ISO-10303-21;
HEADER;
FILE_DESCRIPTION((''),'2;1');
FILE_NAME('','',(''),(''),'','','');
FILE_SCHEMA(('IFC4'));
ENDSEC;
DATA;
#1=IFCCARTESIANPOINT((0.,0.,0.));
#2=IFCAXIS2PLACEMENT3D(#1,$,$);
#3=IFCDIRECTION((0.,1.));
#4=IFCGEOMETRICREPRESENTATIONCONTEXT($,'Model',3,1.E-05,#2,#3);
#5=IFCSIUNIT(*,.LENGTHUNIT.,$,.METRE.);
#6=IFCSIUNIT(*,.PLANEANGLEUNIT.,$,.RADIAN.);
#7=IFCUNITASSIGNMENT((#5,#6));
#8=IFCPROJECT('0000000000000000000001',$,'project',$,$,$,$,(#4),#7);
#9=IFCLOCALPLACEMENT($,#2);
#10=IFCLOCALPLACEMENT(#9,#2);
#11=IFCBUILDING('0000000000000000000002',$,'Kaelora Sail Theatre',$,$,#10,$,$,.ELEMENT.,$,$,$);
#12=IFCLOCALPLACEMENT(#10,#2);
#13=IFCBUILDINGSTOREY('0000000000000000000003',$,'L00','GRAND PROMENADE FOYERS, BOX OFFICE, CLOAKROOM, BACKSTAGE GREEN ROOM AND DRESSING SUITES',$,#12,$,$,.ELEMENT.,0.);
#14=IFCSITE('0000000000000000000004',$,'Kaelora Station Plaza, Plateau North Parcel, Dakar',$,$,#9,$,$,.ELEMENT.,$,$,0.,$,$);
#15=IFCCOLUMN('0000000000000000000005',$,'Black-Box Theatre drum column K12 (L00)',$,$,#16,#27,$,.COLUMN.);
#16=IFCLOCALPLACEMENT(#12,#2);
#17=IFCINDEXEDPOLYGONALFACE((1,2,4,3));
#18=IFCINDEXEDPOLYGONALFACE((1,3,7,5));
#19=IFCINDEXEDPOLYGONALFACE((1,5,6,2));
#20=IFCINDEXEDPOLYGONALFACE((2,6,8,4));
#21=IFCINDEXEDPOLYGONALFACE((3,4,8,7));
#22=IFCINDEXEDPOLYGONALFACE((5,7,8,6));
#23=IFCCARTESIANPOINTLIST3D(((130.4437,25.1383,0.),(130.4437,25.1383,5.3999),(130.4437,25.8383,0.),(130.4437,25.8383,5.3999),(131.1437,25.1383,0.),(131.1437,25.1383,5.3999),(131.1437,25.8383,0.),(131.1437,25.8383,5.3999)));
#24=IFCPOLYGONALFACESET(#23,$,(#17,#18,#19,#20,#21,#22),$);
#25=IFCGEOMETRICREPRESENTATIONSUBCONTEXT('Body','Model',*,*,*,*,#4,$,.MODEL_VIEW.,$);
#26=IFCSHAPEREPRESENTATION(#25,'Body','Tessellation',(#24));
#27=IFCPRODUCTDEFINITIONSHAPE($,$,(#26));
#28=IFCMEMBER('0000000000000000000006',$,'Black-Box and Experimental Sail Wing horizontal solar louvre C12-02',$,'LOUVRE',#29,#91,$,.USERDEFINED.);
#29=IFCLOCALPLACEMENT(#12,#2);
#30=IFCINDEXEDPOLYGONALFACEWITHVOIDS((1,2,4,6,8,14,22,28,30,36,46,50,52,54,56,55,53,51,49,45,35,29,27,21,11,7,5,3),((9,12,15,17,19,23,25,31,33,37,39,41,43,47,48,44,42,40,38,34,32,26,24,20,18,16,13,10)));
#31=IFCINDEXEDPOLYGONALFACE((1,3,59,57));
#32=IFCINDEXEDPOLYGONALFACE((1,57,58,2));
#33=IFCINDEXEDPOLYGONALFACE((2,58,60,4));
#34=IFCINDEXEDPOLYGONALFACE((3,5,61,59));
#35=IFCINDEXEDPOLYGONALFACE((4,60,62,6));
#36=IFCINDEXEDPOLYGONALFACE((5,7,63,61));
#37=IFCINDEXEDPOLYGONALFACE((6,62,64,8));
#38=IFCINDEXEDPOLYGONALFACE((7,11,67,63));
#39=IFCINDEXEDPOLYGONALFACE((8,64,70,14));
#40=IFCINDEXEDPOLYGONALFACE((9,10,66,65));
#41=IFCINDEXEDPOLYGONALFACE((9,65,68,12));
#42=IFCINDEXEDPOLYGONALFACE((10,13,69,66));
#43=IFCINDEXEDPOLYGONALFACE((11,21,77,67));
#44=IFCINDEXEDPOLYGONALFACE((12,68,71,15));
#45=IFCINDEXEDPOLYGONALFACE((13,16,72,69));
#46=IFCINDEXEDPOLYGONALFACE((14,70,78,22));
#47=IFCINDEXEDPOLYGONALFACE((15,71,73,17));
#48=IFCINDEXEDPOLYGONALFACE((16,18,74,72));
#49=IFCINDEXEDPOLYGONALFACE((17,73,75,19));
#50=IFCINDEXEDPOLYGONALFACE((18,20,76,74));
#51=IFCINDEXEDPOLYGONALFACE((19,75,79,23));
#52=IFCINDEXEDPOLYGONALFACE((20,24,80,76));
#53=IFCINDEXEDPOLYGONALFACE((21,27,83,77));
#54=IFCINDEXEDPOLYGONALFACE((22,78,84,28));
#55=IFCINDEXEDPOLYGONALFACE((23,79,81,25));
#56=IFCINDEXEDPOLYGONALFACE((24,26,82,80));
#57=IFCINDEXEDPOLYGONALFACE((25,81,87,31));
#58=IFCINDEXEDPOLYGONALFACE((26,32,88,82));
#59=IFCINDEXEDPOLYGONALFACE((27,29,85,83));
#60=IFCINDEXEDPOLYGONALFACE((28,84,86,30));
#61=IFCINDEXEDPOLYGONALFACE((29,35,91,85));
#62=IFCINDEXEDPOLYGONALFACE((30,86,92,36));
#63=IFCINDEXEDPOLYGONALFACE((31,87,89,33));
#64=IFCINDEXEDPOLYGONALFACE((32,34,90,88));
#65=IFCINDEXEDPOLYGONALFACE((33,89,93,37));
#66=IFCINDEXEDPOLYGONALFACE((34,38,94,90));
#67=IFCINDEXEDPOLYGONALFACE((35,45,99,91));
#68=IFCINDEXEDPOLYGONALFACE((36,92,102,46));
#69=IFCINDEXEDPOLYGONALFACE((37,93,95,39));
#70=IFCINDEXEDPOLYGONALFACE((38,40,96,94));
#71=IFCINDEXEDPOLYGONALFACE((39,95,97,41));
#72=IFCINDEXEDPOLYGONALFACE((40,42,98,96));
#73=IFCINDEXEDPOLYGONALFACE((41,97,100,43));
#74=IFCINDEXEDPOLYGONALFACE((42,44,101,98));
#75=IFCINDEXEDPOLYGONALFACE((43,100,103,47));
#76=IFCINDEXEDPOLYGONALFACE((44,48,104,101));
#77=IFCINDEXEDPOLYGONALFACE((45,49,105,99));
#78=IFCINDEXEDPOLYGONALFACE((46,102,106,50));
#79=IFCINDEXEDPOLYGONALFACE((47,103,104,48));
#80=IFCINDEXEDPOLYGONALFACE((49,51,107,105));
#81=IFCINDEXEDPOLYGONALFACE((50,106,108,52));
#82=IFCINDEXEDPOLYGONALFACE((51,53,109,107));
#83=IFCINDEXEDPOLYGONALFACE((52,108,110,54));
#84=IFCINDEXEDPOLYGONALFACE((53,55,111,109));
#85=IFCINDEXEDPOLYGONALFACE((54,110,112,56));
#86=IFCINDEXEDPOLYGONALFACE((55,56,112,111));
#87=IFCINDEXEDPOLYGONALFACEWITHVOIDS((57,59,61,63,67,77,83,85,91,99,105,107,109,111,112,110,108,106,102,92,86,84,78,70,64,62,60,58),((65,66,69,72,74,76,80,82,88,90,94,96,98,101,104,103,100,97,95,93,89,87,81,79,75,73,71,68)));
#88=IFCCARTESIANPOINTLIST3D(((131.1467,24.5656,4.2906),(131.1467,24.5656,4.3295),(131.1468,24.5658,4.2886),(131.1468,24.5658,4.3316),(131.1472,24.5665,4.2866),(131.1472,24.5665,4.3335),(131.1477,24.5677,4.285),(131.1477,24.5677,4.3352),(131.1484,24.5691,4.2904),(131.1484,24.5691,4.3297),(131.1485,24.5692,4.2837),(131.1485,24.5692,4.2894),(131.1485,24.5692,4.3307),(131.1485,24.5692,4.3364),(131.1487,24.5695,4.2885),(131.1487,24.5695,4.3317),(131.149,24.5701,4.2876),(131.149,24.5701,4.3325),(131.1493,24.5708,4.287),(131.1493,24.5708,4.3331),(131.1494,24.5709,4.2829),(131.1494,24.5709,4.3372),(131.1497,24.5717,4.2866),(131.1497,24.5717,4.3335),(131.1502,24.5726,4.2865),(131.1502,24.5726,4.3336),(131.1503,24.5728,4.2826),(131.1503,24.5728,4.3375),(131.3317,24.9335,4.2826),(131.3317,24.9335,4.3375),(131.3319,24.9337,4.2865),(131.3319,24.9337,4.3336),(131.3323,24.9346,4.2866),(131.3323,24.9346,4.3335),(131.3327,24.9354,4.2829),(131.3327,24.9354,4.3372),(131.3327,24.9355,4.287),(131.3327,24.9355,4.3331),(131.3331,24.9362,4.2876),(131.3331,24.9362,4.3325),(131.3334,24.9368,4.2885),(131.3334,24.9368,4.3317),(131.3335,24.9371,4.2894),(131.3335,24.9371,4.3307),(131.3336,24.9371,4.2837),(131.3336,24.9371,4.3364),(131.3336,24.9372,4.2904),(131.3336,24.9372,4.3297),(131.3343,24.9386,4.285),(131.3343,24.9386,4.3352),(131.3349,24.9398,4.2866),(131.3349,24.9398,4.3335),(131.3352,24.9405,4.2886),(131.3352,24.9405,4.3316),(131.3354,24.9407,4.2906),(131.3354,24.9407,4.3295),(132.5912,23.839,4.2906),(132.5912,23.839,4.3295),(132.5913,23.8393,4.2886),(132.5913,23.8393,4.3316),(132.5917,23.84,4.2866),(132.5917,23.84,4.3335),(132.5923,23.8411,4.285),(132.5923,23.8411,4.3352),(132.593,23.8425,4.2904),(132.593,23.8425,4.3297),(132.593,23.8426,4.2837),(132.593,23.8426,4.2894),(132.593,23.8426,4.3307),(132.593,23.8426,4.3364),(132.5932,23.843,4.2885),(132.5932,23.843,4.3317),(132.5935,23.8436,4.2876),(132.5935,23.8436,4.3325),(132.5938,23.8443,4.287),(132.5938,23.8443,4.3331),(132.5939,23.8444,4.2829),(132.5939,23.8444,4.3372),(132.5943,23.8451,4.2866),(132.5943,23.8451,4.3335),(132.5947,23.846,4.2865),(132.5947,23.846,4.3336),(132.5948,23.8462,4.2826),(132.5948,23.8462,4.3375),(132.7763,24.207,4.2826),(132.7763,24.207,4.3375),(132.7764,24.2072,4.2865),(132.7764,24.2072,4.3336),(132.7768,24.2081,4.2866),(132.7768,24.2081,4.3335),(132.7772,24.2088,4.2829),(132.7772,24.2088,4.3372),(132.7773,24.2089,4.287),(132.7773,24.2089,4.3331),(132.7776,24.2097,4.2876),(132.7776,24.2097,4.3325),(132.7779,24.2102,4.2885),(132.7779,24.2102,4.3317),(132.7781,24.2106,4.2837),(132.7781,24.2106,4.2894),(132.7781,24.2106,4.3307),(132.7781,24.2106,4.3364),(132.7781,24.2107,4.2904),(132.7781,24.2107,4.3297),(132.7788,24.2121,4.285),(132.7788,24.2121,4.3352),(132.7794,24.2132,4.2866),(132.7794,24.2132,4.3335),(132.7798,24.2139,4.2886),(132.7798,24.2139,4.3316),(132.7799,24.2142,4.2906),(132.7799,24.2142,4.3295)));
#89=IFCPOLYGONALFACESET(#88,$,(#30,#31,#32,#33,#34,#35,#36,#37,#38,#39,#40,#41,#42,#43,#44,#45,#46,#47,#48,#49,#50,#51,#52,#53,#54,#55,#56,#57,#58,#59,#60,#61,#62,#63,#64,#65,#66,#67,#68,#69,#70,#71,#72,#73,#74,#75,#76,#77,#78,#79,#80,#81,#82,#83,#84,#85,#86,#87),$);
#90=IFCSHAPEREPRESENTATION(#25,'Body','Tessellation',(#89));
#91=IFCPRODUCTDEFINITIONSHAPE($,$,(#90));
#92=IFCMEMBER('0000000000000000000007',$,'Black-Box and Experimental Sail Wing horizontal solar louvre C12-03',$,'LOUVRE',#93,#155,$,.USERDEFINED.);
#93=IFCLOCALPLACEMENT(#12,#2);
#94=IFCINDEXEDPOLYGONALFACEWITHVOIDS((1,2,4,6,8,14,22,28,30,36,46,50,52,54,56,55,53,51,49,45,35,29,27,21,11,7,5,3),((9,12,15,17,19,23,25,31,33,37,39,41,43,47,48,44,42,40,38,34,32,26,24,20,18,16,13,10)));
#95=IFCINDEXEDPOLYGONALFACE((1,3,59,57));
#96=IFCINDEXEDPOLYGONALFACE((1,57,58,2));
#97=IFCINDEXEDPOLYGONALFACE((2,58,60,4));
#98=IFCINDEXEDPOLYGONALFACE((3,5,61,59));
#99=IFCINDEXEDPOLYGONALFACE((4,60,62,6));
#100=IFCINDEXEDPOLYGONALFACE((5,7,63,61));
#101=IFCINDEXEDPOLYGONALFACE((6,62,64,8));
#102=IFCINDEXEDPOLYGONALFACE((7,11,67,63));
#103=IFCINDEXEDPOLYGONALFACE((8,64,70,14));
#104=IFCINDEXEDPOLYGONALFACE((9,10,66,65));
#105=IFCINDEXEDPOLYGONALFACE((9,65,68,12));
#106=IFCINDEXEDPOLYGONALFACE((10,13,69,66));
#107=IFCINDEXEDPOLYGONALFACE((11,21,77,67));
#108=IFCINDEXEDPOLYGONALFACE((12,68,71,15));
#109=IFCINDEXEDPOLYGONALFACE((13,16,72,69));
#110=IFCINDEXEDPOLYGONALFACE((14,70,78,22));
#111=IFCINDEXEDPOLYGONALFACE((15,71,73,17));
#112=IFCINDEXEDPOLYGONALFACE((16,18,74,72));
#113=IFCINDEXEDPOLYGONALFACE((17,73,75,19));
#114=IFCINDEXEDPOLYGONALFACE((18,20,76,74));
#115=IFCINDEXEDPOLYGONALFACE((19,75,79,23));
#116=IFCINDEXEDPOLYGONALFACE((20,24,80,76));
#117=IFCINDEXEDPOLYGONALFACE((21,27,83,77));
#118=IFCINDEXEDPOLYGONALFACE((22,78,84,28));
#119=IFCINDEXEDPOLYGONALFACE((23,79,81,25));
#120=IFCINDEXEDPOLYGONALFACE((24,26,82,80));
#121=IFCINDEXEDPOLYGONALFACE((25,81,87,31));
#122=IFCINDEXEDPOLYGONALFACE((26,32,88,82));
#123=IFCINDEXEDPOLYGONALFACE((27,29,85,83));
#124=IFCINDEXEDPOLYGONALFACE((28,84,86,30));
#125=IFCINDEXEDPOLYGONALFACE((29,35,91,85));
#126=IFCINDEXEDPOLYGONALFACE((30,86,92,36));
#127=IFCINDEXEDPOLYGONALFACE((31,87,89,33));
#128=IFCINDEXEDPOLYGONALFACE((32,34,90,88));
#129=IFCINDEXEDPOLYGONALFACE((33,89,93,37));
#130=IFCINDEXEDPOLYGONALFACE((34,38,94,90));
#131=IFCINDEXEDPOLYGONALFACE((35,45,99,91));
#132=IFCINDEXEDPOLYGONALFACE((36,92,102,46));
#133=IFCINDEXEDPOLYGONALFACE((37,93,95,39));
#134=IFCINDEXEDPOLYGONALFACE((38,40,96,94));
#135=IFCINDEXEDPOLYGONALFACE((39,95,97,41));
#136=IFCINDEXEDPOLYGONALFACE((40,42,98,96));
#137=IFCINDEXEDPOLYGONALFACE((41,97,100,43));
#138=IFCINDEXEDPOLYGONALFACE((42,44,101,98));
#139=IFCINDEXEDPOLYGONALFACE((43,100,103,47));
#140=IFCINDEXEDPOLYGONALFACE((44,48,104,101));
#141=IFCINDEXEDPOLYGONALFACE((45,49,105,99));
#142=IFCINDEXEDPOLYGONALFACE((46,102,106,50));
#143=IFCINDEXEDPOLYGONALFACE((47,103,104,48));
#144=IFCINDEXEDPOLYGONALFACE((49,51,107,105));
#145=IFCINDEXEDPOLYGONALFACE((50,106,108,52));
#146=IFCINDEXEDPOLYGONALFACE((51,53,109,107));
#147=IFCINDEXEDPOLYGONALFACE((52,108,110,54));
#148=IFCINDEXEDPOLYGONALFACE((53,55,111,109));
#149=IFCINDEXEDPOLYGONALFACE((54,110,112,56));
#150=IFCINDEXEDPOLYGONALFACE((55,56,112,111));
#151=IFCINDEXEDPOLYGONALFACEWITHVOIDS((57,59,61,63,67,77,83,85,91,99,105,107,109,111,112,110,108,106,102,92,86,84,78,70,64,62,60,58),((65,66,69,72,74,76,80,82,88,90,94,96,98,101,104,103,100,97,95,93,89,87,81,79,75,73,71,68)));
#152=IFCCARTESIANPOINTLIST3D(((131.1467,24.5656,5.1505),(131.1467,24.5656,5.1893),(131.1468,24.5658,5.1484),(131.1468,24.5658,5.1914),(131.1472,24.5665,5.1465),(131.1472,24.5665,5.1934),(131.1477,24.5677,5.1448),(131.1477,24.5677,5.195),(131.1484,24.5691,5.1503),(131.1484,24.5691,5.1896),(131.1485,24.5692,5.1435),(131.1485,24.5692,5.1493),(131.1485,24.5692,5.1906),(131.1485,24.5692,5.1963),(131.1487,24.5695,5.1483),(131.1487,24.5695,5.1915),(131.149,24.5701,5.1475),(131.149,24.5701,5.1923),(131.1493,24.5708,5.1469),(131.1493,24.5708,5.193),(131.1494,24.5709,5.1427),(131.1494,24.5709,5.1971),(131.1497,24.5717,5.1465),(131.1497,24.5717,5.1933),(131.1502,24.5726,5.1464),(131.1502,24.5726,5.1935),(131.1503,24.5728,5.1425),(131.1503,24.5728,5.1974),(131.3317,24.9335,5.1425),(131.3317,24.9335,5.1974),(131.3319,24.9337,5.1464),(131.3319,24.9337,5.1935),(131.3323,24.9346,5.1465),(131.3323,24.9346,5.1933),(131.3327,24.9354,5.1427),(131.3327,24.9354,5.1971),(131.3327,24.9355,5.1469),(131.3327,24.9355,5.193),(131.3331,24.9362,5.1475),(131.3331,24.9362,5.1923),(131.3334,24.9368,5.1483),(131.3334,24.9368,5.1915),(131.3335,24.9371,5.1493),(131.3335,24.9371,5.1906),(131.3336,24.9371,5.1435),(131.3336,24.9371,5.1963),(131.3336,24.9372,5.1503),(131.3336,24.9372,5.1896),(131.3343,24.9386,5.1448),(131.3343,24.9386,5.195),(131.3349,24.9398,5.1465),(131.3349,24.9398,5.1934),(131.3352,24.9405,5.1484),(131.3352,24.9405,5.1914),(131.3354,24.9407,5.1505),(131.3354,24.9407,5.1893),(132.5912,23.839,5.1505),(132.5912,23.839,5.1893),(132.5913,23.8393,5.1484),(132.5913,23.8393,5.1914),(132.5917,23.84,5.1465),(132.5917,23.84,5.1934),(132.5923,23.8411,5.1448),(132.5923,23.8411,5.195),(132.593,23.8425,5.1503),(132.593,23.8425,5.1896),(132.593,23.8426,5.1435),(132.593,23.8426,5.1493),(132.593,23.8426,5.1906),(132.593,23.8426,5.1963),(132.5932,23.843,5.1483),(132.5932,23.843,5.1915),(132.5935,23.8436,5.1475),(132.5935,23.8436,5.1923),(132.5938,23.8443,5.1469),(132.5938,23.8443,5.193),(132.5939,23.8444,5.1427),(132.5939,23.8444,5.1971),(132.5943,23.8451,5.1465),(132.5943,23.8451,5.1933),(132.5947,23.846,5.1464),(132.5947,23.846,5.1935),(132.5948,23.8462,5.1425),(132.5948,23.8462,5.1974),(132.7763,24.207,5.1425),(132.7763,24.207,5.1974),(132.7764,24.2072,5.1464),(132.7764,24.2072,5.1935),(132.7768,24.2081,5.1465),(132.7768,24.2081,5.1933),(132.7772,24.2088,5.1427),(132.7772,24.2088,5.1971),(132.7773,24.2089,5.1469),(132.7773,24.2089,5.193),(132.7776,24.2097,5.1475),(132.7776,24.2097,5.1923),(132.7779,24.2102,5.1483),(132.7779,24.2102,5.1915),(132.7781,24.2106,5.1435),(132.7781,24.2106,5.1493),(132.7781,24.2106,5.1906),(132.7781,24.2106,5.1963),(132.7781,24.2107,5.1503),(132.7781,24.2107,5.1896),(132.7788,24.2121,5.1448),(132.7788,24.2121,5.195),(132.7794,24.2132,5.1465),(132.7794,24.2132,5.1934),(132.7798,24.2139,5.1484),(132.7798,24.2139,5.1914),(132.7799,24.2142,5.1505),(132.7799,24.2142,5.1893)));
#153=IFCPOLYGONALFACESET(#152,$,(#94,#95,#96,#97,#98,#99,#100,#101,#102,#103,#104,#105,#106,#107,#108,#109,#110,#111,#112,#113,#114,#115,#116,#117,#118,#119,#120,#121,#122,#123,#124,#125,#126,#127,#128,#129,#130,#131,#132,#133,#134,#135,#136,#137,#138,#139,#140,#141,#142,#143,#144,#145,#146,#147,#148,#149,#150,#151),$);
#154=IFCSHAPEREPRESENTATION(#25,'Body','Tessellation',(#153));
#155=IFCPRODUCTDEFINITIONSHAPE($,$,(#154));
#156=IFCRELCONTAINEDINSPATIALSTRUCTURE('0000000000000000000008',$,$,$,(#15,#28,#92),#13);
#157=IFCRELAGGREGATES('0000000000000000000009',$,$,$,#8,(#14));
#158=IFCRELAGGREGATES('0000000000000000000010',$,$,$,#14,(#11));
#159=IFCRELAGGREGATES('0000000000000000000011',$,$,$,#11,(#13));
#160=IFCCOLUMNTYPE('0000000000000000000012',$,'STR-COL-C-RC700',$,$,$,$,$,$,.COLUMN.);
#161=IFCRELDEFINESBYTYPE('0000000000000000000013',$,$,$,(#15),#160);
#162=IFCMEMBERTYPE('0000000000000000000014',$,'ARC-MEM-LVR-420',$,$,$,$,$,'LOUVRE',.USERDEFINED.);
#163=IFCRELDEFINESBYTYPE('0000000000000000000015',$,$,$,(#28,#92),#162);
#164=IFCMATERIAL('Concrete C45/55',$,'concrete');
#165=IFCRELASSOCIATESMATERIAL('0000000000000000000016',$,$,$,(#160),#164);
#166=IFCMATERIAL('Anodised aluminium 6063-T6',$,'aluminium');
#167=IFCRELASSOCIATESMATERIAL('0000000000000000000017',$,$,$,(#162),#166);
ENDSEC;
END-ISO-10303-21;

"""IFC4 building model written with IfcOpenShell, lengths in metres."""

from ifc_helpers import new_model, si_unit, direction, frame, origin, origin_2d, place, context, subcontext, project, spatial, rectangle, hollow_rectangle, extrude, material, material_profile, profile_set, type_object, element, save


model = new_model("IFC4")

# Units and contexts
model_context = context("Model", 3, precision=1e-05, world=origin(), true_north=direction((0.0, 1.0)))
body_context = subcontext(model_context, "Body", "Model", "MODEL_VIEW")
ifc_project = project(units=[si_unit("LENGTHUNIT", "METRE"), si_unit("PLANEANGLEUNIT", "RADIAN")], contexts=[model_context])

# Site, building, storey
site_placement = place(None, origin())
site = spatial("IfcSite", under=ifc_project, at=site_placement, Name="Kaelora Station Plaza, Plateau North Parcel, Dakar", CompositionType="ELEMENT", RefElevation=0.0)
building_placement = place(site_placement, origin())
building = spatial("IfcBuilding", under=site, at=building_placement, Name="Kaelora Sail Theatre", CompositionType="ELEMENT")
storey_placement = place(building_placement, origin())
storey = spatial("IfcBuildingStorey", under=building, at=storey_placement, Name="L00", Description="GRAND PROMENADE FOYERS, BOX OFFICE, CLOAKROOM, BACKSTAGE GREEN ROOM AND DRESSING SUITES", CompositionType="ELEMENT", Elevation=0.0)

# Column
ifc_material_1 = material(Name="Concrete C45/55", Category="concrete")
ifc_material_profile_1 = material_profile(ifc_material_1, rectangle(XDim=0.7, YDim=0.7, at=origin_2d()), Name="RC-COL 700x700")
ifc_profile_set_1 = profile_set([ifc_material_profile_1], Name="Concrete C45/55")
column_type = type_object("IfcColumnType", Name="STR-COL-C-RC700", PredefinedType="COLUMN", material=ifc_profile_set_1)
column_placement = place(storey_placement, frame((130.7937, 25.4883, 0.0), z_axis=(0.0, 0.0, 1.0), x_axis=(1.0, 0.0, 0.0)))
element("IfcColumn", 1, at=column_placement, inside=storey, type_object=column_type, Name="Black-Box Theatre drum column K12 (L00)", PredefinedType="COLUMN", context=body_context, shape_type="SweptSolid", body=[
    extrude(rectangle(XDim=0.7, YDim=0.7, at=origin_2d()), origin(), (0.0, 0.0, 1.0), 5.3999),
])

# Members
ifc_material_2 = material(Name="Anodised aluminium 6063-T6", Category="aluminium")
ifc_material_profile_2 = material_profile(ifc_material_2, hollow_rectangle(XDim=0.4199, YDim=0.0549, WallThickness=0.0039, InnerFilletRadius=0.0039, OuterFilletRadius=0.0081, at=origin_2d()), Name="LOUVRE 420x55x4")
ifc_profile_set_2 = profile_set([ifc_material_profile_2], Name="Anodised aluminium 6063-T6")
member_type_1 = type_object("IfcMemberType", Name="ARC-MEM-LVR-420", ElementType="LOUVRE", PredefinedType="USERDEFINED", material=ifc_profile_set_2)
for number, where, z_axis, x_axis, name in (
    (2, (132.6855, 24.0266, 4.3101), (-0.893368, 0.449326, 0.0), (-0.449326, -0.893368, 0.0), "Black-Box and Experimental Sail Wing horizontal solar louvre C12-02"),
    (3, (132.6855, 24.0266, 5.1699), (-0.893368, 0.449326, 0.0), (-0.449326, -0.893368, 0.0), "Black-Box and Experimental Sail Wing horizontal solar louvre C12-03"),
):
    element("IfcMember", number, at=place(storey_placement, frame(where, z_axis=z_axis, x_axis=x_axis)), inside=storey, type_object=member_type_1, Name=name, ObjectType="LOUVRE", PredefinedType="USERDEFINED", context=body_context, shape_type="SweptSolid", body=[
        extrude(hollow_rectangle(XDim=0.4199, YDim=0.0549, WallThickness=0.0039, InnerFilletRadius=0.0039, OuterFilletRadius=0.0081, at=origin_2d()), origin(), (0.0, 0.0, 1.0), 1.6169),
    ])

save(model, "model.ifc")
